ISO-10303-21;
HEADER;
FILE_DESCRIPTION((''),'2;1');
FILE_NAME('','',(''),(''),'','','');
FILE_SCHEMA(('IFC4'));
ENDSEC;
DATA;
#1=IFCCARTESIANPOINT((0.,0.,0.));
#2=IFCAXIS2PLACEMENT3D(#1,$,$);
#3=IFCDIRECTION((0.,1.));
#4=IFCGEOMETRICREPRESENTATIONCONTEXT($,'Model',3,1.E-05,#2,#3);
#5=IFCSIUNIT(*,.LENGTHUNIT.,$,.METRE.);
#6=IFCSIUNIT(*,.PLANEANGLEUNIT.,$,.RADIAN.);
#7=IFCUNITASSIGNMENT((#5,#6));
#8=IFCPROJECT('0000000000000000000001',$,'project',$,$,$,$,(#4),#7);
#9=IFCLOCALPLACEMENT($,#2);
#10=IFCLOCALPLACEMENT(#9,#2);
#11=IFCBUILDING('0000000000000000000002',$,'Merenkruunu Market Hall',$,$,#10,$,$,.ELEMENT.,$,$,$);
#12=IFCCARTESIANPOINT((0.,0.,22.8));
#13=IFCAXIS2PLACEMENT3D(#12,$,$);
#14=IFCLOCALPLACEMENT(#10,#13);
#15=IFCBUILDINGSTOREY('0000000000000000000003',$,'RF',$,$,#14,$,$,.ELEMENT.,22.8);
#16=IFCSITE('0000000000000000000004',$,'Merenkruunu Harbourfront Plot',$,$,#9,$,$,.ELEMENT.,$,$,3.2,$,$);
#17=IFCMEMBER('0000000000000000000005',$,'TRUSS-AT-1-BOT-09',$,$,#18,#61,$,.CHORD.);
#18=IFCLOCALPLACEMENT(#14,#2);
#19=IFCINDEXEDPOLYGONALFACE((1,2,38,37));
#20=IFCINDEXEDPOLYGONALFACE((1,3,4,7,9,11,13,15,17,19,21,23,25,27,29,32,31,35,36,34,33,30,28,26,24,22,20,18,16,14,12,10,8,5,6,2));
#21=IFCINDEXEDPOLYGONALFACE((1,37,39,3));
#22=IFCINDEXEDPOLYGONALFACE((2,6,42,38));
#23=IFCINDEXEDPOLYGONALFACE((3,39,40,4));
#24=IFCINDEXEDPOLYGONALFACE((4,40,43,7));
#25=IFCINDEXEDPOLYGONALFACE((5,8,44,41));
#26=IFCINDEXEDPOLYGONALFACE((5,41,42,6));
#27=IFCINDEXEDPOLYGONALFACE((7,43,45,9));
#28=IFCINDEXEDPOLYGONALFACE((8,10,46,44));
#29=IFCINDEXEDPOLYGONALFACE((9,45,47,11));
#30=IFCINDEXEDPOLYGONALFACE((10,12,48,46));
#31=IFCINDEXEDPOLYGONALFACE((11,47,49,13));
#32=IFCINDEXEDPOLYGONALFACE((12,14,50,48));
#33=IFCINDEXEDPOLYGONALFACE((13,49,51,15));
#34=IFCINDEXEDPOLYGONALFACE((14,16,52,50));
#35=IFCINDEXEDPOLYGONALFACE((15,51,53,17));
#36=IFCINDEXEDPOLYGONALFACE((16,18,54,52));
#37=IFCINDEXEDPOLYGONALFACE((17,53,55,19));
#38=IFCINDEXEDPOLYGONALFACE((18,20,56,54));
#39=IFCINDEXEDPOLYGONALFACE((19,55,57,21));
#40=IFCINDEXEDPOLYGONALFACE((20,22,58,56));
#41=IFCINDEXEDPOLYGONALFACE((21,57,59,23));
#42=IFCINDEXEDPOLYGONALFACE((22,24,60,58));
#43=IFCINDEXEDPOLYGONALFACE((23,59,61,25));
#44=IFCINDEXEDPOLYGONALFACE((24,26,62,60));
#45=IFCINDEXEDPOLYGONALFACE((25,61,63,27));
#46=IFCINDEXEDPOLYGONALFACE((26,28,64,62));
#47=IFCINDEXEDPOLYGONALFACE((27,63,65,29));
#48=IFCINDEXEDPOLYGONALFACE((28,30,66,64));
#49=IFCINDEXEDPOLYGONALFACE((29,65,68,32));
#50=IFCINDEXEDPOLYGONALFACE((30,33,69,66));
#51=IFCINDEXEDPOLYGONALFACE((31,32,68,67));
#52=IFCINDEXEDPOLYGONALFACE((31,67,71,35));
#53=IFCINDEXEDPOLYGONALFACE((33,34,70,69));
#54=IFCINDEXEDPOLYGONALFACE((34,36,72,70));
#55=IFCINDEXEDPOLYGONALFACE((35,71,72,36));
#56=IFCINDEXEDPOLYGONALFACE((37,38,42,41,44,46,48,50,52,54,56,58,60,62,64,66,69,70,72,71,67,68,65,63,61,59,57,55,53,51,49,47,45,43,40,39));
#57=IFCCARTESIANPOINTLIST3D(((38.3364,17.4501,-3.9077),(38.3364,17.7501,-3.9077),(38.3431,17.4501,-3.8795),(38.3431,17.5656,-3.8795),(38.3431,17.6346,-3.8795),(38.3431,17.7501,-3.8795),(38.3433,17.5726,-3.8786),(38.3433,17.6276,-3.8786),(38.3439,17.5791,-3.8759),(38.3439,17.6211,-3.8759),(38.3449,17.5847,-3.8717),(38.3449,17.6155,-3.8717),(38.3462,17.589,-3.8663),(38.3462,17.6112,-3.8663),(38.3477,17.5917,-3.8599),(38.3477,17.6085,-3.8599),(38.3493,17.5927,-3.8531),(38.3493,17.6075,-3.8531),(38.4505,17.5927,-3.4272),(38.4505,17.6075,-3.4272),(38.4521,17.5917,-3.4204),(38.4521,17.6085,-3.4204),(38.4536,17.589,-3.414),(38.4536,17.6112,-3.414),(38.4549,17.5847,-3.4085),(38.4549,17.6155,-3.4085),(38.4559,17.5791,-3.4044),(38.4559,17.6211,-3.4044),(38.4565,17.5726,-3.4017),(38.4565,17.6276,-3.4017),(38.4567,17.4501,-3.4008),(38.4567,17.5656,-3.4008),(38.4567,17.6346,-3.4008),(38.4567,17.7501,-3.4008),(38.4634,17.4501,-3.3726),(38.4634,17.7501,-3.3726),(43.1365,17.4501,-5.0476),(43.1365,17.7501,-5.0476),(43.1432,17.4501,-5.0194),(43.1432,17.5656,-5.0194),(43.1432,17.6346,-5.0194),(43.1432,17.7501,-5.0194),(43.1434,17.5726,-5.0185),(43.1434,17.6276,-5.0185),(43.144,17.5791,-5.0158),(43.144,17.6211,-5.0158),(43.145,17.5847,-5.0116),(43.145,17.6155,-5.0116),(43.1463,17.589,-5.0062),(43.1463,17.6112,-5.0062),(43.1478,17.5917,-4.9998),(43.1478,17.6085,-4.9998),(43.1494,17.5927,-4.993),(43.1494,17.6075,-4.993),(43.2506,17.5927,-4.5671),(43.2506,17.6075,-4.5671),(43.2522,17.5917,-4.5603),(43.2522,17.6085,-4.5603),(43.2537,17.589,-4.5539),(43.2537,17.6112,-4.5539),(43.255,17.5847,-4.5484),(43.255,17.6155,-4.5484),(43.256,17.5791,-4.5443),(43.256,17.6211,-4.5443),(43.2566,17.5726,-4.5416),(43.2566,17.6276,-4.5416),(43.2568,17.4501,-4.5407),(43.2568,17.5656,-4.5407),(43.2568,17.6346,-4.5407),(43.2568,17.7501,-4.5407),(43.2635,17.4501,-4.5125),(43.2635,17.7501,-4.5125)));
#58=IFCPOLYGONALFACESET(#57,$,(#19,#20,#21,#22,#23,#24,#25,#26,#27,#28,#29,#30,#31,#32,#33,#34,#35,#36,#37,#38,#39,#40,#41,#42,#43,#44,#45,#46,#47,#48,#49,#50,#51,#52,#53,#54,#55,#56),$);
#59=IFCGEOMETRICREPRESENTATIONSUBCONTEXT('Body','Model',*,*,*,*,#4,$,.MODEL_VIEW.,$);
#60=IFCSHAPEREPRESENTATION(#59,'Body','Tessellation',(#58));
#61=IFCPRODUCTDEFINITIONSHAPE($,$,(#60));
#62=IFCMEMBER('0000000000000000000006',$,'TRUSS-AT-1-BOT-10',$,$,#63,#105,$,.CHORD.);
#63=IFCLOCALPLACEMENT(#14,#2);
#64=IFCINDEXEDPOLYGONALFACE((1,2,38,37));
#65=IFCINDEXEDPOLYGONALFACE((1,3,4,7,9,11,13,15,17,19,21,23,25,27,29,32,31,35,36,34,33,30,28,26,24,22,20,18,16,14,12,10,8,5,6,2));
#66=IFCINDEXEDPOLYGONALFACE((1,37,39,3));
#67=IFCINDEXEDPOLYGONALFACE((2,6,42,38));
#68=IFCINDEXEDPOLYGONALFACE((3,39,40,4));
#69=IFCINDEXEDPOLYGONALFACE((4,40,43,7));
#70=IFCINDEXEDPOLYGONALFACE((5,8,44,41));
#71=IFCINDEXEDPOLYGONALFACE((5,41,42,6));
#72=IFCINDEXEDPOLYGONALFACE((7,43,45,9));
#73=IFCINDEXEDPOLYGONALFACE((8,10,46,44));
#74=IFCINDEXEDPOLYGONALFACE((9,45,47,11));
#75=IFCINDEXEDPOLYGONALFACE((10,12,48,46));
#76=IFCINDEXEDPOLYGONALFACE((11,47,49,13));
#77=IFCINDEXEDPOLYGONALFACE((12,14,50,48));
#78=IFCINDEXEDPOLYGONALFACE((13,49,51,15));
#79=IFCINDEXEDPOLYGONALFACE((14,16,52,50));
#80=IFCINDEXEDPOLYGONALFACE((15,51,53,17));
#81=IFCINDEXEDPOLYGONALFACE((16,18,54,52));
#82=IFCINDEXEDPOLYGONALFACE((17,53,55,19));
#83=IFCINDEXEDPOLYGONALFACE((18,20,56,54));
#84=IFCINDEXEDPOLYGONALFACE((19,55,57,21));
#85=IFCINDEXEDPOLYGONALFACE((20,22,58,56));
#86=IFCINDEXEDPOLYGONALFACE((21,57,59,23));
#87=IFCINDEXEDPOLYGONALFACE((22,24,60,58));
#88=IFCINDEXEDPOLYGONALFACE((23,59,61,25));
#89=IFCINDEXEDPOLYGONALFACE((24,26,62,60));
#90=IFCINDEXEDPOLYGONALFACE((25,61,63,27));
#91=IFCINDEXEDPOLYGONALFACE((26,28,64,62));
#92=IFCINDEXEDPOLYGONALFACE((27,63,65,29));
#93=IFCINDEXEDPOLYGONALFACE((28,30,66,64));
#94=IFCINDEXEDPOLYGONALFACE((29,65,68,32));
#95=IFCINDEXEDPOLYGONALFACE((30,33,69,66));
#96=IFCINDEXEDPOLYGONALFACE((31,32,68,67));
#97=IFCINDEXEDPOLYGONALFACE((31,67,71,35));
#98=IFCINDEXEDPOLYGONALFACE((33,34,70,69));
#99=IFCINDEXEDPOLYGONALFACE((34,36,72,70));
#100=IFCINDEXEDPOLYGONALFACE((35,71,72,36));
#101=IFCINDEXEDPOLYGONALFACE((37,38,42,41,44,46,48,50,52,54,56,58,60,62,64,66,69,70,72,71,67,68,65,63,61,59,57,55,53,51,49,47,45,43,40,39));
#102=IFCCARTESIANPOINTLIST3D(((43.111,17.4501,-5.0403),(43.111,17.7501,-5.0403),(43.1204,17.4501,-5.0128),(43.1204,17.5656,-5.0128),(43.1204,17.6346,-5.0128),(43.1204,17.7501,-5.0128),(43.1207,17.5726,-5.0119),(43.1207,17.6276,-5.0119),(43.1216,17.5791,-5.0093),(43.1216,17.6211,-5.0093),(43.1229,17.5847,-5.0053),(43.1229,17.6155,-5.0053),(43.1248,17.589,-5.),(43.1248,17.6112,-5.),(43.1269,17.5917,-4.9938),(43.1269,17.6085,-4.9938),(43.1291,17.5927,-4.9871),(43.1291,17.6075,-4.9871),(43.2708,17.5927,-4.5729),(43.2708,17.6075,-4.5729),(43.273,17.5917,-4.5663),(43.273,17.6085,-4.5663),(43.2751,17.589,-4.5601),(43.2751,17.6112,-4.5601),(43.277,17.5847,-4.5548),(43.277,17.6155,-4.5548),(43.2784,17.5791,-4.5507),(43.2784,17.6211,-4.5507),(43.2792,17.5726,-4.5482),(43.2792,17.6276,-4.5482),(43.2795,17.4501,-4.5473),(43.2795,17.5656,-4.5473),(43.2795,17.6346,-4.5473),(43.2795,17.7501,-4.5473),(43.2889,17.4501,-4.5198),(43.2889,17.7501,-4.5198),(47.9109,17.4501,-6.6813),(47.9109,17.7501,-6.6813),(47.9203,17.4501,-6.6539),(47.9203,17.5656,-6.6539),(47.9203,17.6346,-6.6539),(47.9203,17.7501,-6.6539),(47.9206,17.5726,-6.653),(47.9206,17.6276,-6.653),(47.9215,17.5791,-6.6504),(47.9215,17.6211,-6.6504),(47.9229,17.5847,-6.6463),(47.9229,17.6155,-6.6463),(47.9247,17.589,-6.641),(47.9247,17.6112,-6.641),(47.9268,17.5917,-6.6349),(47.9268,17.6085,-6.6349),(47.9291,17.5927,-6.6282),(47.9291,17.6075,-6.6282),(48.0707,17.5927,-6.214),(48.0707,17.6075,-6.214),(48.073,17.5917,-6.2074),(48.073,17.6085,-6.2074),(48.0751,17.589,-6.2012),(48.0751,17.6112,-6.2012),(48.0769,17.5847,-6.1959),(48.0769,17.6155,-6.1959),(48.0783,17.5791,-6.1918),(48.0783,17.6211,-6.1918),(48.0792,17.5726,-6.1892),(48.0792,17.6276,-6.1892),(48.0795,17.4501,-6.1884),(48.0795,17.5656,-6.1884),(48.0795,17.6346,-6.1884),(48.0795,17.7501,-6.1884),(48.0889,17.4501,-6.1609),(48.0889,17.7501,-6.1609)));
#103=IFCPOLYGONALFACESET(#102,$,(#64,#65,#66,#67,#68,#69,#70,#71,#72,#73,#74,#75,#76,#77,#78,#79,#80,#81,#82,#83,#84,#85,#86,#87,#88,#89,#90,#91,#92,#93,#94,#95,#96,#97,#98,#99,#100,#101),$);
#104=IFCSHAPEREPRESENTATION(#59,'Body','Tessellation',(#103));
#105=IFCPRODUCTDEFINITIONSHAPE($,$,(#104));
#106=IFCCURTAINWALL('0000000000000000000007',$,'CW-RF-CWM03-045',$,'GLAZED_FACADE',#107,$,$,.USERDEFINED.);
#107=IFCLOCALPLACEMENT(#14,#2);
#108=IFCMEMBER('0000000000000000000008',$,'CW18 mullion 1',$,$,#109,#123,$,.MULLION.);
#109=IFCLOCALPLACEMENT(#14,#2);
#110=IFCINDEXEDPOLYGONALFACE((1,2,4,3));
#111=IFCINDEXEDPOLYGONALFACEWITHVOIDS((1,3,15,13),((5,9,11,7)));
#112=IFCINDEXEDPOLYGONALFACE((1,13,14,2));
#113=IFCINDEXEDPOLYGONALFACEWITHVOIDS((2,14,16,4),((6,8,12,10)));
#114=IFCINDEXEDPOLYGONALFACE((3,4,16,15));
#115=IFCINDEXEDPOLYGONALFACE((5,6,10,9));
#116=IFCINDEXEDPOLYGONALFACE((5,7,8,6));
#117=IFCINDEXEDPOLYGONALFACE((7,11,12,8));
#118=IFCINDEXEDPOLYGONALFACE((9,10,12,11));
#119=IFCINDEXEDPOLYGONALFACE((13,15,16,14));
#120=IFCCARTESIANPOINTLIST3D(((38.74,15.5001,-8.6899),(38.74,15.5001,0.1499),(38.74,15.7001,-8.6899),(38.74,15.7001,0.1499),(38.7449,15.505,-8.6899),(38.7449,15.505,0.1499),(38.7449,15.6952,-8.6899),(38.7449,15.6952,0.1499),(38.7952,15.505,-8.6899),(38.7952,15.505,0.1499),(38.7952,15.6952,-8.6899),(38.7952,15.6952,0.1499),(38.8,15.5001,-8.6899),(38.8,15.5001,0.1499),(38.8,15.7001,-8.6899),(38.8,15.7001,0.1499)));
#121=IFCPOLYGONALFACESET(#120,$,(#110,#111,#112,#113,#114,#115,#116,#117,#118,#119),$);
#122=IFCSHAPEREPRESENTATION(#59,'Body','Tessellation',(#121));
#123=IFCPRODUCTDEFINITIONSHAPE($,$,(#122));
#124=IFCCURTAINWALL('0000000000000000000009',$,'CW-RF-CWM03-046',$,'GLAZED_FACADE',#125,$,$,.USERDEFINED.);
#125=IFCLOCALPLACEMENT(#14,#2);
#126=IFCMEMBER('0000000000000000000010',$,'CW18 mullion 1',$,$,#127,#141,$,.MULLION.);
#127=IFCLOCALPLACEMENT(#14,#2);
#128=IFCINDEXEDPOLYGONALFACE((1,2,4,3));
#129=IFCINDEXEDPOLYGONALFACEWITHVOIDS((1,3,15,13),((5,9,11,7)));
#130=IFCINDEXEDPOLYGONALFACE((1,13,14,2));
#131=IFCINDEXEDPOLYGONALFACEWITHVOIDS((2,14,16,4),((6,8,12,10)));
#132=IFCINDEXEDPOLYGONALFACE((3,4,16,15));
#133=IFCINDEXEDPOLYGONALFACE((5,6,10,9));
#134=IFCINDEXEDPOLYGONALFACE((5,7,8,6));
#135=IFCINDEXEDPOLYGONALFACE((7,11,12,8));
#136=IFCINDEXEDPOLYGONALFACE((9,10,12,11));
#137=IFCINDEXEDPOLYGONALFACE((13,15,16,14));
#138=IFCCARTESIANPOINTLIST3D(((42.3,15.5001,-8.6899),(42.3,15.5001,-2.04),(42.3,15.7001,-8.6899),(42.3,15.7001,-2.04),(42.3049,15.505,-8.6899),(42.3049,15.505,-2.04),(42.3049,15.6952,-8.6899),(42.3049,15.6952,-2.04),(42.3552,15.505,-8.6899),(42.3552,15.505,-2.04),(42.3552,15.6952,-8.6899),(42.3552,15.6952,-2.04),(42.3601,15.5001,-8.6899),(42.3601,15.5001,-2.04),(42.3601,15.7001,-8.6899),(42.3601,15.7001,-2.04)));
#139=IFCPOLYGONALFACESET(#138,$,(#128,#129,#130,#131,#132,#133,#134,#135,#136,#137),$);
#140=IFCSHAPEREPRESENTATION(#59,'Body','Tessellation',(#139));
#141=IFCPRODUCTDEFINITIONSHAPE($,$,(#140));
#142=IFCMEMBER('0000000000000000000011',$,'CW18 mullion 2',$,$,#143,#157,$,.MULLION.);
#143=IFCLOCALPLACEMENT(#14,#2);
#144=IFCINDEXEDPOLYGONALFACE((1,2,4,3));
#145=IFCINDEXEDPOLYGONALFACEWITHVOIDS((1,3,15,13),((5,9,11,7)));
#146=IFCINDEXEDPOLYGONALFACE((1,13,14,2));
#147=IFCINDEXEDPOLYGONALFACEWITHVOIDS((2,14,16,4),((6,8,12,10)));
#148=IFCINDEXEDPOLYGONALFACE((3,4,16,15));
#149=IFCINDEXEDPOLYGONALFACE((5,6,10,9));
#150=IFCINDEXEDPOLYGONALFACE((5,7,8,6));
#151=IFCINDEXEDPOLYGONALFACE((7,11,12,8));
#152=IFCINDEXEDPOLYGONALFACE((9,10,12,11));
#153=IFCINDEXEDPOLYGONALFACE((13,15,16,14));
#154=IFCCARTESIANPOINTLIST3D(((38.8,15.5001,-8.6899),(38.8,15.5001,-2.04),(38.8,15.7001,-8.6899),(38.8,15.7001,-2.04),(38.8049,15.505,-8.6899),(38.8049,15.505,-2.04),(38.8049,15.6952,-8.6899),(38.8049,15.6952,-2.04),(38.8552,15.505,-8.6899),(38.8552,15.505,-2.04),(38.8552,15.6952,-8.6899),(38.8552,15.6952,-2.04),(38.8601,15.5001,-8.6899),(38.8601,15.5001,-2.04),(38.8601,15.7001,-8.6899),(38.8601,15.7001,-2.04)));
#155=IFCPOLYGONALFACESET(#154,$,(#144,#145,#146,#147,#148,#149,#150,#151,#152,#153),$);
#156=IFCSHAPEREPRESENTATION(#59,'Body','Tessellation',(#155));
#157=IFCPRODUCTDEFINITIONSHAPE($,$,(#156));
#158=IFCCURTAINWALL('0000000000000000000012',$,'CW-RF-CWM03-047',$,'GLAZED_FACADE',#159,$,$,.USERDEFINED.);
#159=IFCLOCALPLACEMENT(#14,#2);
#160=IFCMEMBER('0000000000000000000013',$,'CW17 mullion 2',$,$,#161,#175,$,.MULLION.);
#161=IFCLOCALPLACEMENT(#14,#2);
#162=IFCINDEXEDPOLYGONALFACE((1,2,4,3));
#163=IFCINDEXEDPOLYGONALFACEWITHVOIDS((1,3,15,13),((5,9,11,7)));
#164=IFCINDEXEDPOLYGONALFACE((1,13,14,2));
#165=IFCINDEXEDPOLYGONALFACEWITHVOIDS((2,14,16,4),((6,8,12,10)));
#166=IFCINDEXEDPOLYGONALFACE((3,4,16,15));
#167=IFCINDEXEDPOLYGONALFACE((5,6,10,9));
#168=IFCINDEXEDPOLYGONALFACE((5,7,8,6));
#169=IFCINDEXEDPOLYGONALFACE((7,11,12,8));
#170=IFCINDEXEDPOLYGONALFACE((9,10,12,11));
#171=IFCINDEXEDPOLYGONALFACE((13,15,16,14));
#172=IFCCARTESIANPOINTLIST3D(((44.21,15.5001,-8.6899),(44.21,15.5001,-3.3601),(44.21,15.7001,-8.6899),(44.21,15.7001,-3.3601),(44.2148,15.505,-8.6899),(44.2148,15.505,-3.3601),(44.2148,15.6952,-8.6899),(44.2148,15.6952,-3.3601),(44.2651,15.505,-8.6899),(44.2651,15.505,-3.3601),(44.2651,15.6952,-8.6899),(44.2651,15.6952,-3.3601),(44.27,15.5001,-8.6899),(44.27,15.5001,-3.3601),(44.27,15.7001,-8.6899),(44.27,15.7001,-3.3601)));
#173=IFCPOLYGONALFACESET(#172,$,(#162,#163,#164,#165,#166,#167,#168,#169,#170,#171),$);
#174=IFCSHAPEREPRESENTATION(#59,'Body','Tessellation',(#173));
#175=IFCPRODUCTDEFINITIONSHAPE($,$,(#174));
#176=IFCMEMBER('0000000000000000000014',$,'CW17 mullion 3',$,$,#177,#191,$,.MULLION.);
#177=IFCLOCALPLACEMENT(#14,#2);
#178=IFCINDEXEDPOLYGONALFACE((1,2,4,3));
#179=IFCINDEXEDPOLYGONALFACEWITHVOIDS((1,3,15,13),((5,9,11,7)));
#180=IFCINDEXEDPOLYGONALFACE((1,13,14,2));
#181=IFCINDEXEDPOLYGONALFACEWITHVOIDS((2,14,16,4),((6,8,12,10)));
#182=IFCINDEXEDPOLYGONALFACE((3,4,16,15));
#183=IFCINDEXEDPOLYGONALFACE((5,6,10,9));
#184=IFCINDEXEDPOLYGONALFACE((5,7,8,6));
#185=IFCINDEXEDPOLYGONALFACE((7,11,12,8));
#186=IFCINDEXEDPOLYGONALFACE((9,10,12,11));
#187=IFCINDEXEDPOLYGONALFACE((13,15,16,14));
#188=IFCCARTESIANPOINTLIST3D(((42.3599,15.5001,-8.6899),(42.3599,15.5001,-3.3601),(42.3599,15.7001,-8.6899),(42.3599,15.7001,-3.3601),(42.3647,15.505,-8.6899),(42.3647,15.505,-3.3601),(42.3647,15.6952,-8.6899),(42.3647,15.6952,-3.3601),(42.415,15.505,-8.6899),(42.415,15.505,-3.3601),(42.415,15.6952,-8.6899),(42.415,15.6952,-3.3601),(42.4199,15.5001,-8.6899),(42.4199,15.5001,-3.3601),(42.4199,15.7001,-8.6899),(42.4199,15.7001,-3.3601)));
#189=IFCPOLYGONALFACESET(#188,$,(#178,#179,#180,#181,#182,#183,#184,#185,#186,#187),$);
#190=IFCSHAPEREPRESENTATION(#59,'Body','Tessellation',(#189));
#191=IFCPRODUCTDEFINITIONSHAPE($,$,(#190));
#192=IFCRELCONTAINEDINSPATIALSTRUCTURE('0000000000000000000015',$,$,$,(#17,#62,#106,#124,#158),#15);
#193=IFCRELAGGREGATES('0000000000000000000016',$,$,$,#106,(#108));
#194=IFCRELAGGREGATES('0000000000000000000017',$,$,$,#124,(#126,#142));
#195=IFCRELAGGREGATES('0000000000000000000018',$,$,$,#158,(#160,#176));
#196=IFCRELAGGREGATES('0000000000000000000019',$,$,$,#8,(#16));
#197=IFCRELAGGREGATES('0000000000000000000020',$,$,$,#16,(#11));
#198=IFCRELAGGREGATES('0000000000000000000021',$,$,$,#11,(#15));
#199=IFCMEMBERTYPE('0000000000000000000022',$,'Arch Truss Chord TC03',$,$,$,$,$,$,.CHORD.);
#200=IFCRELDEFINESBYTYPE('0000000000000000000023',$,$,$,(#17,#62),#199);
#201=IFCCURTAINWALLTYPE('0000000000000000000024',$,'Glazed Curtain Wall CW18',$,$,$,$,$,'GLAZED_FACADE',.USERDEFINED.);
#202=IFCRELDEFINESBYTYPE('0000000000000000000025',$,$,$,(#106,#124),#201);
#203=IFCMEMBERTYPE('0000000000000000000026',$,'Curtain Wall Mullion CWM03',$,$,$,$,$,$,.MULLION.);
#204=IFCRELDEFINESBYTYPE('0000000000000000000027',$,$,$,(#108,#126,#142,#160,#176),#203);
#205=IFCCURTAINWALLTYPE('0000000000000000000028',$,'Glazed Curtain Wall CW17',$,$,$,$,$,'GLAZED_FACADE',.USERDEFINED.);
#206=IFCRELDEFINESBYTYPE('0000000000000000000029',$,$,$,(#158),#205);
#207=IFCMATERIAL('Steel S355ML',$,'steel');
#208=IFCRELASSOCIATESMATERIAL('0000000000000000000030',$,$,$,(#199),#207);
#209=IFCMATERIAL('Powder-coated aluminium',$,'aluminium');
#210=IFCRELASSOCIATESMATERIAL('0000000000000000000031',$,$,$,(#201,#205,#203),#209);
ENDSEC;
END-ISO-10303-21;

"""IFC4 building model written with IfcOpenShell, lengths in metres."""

from ifc_helpers import new_model, si_unit, direction, frame, origin, origin_2d, place, context, subcontext, project, spatial, hollow_rectangle, i_section, extrude, material, material_profile, profile_set, type_object, element, aggregate, save


model = new_model("IFC4")

# Units and contexts
model_context = context("Model", 3, precision=1e-05, world=origin(), true_north=direction((0.0, 1.0)))
body_context = subcontext(model_context, "Body", "Model", "MODEL_VIEW")
ifc_project = project(units=[si_unit("LENGTHUNIT", "METRE"), si_unit("PLANEANGLEUNIT", "RADIAN")], contexts=[model_context])

# Site, building, storey
site_placement = place(None, origin())
site = spatial("IfcSite", under=ifc_project, at=site_placement, Name="Merenkruunu Harbourfront Plot", CompositionType="ELEMENT", RefElevation=3.2)
building_placement = place(site_placement, origin())
building = spatial("IfcBuilding", under=site, at=building_placement, Name="Merenkruunu Market Hall", CompositionType="ELEMENT")
storey_placement = place(building_placement, frame((0.0, 0.0, 22.8)))
storey = spatial("IfcBuildingStorey", under=building, at=storey_placement, Name="RF", CompositionType="ELEMENT", Elevation=22.8)

# Members
ifc_material_1 = material(Name="Steel S355ML", Category="steel")
ifc_material_profile_1 = material_profile(ifc_material_1, i_section(OverallWidth=0.3, OverallDepth=0.55, WebThickness=0.0149, FlangeThickness=0.0291, FilletRadius=0.0271, at=origin_2d()), Name="HEB 550")
ifc_profile_set_1 = profile_set([ifc_material_profile_1], Name="Steel S355ML")
member_type_1 = type_object("IfcMemberType", Name="Arch Truss Chord TC03", PredefinedType="CHORD", material=ifc_profile_set_1)
member_1_placement = place(storey_placement, frame((38.3999, 17.6001, -3.6401), z_axis=(0.972942, 0.0, -0.23105), x_axis=(0.0, 1.0, 0.0)))
element("IfcMember", 1, at=member_1_placement, inside=storey, type_object=member_type_1, Name="TRUSS-AT-1-BOT-09", PredefinedType="CHORD", context=body_context, shape_type="SweptSolid", body=[
    extrude(i_section(OverallWidth=0.3, OverallDepth=0.55, WebThickness=0.0149, FlangeThickness=0.0291, FilletRadius=0.0271, at=origin_2d()), origin(), (0.0, 0.0, 1.0), 4.9336),
])
member_2_placement = place(storey_placement, frame((43.2, 17.6001, -4.78), z_axis=(0.946225, 0.0, -0.32351), x_axis=(0.0, 1.0, 0.0)))
element("IfcMember", 2, at=member_2_placement, inside=storey, type_object=member_type_1, Name="TRUSS-AT-1-BOT-10", PredefinedType="CHORD", context=body_context, shape_type="SweptSolid", body=[
    extrude(i_section(OverallWidth=0.3, OverallDepth=0.55, WebThickness=0.0149, FlangeThickness=0.0291, FilletRadius=0.0271, at=origin_2d()), origin(), (0.0, 0.0, 1.0), 5.0728),
])

# Curtain wall, member
ifc_material_2 = material(Name="Powder-coated aluminium", Category="aluminium")
curtain_wall_type_1 = type_object("IfcCurtainWallType", Name="Glazed Curtain Wall CW18", ElementType="GLAZED_FACADE", PredefinedType="USERDEFINED", material=ifc_material_2)
curtain_wall_1_placement = place(storey_placement, origin())
curtain_wall_1 = element("IfcCurtainWall", 3, at=curtain_wall_1_placement, inside=storey, type_object=curtain_wall_type_1, Name="CW-RF-CWM03-045", ObjectType="GLAZED_FACADE", PredefinedType="USERDEFINED")
ifc_material_profile_2 = material_profile(ifc_material_2, hollow_rectangle(XDim=0.0601, YDim=0.2, WallThickness=0.0049, at=origin_2d()), Name="ALU 60x200x5")
ifc_profile_set_2 = profile_set([ifc_material_profile_2], Name="Powder-coated aluminium")
member_type_2 = type_object("IfcMemberType", Name="Curtain Wall Mullion CWM03", PredefinedType="MULLION", material=ifc_profile_set_2)
member_3_placement = place(storey_placement, frame((38.77, 15.6001, -8.6899), z_axis=(0.0, 0.0, 1.0), x_axis=(-1.0, 0.0, 0.0)))
member_3 = element("IfcMember", 4, at=member_3_placement, type_object=member_type_2, Name="CW18 mullion 1", PredefinedType="MULLION", context=body_context, shape_type="SweptSolid", body=[
    extrude(hollow_rectangle(XDim=0.0601, YDim=0.2, WallThickness=0.0049, at=origin_2d()), origin(), (0.0, 0.0, 1.0), 8.8398),
])

# Curtain walls, members
curtain_wall_2_placement = place(storey_placement, origin())
curtain_wall_2 = element("IfcCurtainWall", 5, at=curtain_wall_2_placement, inside=storey, type_object=curtain_wall_type_1, Name="CW-RF-CWM03-046", ObjectType="GLAZED_FACADE", PredefinedType="USERDEFINED")
member_4_placement = place(storey_placement, frame((42.3301, 15.6001, -8.6899), z_axis=(0.0, 0.0, 1.0), x_axis=(-1.0, 0.0, 0.0)))
member_4 = element("IfcMember", 6, at=member_4_placement, type_object=member_type_2, Name="CW18 mullion 1", PredefinedType="MULLION", context=body_context, shape_type="SweptSolid", body=[
    extrude(hollow_rectangle(XDim=0.0601, YDim=0.2, WallThickness=0.0049, at=origin_2d()), origin(), (0.0, 0.0, 1.0), 6.6499),
])
member_5_placement = place(storey_placement, frame((38.8301, 15.6001, -8.6899), z_axis=(0.0, 0.0, 1.0), x_axis=(-1.0, 0.0, 0.0)))
member_5 = element("IfcMember", 7, at=member_5_placement, type_object=member_type_2, Name="CW18 mullion 2", PredefinedType="MULLION", context=body_context, shape_type="SweptSolid", body=[
    extrude(hollow_rectangle(XDim=0.0601, YDim=0.2, WallThickness=0.0049, at=origin_2d()), origin(), (0.0, 0.0, 1.0), 6.6499),
])
curtain_wall_type_2 = type_object("IfcCurtainWallType", Name="Glazed Curtain Wall CW17", ElementType="GLAZED_FACADE", PredefinedType="USERDEFINED", material=ifc_material_2)
curtain_wall_3_placement = place(storey_placement, origin())
curtain_wall_3 = element("IfcCurtainWall", 8, at=curtain_wall_3_placement, inside=storey, type_object=curtain_wall_type_2, Name="CW-RF-CWM03-047", ObjectType="GLAZED_FACADE", PredefinedType="USERDEFINED")
member_6_placement = place(storey_placement, frame((44.24, 15.6001, -8.6899), z_axis=(0.0, 0.0, 1.0), x_axis=(-1.0, 0.0, 0.0)))
member_6 = element("IfcMember", 9, at=member_6_placement, type_object=member_type_2, Name="CW17 mullion 2", PredefinedType="MULLION", context=body_context, shape_type="SweptSolid", body=[
    extrude(hollow_rectangle(XDim=0.0601, YDim=0.2, WallThickness=0.0049, at=origin_2d()), origin(), (0.0, 0.0, 1.0), 5.3298),
])
member_7_placement = place(storey_placement, frame((42.3899, 15.6001, -8.6899), z_axis=(0.0, 0.0, 1.0), x_axis=(-1.0, 0.0, 0.0)))
member_7 = element("IfcMember", 10, at=member_7_placement, type_object=member_type_2, Name="CW17 mullion 3", PredefinedType="MULLION", context=body_context, shape_type="SweptSolid", body=[
    extrude(hollow_rectangle(XDim=0.0601, YDim=0.2, WallThickness=0.0049, at=origin_2d()), origin(), (0.0, 0.0, 1.0), 5.3298),
])

aggregate(curtain_wall_1, [member_3])

aggregate(curtain_wall_2, [member_4, member_5])
aggregate(curtain_wall_3, [member_6, member_7])

save(model, "model.ifc")
